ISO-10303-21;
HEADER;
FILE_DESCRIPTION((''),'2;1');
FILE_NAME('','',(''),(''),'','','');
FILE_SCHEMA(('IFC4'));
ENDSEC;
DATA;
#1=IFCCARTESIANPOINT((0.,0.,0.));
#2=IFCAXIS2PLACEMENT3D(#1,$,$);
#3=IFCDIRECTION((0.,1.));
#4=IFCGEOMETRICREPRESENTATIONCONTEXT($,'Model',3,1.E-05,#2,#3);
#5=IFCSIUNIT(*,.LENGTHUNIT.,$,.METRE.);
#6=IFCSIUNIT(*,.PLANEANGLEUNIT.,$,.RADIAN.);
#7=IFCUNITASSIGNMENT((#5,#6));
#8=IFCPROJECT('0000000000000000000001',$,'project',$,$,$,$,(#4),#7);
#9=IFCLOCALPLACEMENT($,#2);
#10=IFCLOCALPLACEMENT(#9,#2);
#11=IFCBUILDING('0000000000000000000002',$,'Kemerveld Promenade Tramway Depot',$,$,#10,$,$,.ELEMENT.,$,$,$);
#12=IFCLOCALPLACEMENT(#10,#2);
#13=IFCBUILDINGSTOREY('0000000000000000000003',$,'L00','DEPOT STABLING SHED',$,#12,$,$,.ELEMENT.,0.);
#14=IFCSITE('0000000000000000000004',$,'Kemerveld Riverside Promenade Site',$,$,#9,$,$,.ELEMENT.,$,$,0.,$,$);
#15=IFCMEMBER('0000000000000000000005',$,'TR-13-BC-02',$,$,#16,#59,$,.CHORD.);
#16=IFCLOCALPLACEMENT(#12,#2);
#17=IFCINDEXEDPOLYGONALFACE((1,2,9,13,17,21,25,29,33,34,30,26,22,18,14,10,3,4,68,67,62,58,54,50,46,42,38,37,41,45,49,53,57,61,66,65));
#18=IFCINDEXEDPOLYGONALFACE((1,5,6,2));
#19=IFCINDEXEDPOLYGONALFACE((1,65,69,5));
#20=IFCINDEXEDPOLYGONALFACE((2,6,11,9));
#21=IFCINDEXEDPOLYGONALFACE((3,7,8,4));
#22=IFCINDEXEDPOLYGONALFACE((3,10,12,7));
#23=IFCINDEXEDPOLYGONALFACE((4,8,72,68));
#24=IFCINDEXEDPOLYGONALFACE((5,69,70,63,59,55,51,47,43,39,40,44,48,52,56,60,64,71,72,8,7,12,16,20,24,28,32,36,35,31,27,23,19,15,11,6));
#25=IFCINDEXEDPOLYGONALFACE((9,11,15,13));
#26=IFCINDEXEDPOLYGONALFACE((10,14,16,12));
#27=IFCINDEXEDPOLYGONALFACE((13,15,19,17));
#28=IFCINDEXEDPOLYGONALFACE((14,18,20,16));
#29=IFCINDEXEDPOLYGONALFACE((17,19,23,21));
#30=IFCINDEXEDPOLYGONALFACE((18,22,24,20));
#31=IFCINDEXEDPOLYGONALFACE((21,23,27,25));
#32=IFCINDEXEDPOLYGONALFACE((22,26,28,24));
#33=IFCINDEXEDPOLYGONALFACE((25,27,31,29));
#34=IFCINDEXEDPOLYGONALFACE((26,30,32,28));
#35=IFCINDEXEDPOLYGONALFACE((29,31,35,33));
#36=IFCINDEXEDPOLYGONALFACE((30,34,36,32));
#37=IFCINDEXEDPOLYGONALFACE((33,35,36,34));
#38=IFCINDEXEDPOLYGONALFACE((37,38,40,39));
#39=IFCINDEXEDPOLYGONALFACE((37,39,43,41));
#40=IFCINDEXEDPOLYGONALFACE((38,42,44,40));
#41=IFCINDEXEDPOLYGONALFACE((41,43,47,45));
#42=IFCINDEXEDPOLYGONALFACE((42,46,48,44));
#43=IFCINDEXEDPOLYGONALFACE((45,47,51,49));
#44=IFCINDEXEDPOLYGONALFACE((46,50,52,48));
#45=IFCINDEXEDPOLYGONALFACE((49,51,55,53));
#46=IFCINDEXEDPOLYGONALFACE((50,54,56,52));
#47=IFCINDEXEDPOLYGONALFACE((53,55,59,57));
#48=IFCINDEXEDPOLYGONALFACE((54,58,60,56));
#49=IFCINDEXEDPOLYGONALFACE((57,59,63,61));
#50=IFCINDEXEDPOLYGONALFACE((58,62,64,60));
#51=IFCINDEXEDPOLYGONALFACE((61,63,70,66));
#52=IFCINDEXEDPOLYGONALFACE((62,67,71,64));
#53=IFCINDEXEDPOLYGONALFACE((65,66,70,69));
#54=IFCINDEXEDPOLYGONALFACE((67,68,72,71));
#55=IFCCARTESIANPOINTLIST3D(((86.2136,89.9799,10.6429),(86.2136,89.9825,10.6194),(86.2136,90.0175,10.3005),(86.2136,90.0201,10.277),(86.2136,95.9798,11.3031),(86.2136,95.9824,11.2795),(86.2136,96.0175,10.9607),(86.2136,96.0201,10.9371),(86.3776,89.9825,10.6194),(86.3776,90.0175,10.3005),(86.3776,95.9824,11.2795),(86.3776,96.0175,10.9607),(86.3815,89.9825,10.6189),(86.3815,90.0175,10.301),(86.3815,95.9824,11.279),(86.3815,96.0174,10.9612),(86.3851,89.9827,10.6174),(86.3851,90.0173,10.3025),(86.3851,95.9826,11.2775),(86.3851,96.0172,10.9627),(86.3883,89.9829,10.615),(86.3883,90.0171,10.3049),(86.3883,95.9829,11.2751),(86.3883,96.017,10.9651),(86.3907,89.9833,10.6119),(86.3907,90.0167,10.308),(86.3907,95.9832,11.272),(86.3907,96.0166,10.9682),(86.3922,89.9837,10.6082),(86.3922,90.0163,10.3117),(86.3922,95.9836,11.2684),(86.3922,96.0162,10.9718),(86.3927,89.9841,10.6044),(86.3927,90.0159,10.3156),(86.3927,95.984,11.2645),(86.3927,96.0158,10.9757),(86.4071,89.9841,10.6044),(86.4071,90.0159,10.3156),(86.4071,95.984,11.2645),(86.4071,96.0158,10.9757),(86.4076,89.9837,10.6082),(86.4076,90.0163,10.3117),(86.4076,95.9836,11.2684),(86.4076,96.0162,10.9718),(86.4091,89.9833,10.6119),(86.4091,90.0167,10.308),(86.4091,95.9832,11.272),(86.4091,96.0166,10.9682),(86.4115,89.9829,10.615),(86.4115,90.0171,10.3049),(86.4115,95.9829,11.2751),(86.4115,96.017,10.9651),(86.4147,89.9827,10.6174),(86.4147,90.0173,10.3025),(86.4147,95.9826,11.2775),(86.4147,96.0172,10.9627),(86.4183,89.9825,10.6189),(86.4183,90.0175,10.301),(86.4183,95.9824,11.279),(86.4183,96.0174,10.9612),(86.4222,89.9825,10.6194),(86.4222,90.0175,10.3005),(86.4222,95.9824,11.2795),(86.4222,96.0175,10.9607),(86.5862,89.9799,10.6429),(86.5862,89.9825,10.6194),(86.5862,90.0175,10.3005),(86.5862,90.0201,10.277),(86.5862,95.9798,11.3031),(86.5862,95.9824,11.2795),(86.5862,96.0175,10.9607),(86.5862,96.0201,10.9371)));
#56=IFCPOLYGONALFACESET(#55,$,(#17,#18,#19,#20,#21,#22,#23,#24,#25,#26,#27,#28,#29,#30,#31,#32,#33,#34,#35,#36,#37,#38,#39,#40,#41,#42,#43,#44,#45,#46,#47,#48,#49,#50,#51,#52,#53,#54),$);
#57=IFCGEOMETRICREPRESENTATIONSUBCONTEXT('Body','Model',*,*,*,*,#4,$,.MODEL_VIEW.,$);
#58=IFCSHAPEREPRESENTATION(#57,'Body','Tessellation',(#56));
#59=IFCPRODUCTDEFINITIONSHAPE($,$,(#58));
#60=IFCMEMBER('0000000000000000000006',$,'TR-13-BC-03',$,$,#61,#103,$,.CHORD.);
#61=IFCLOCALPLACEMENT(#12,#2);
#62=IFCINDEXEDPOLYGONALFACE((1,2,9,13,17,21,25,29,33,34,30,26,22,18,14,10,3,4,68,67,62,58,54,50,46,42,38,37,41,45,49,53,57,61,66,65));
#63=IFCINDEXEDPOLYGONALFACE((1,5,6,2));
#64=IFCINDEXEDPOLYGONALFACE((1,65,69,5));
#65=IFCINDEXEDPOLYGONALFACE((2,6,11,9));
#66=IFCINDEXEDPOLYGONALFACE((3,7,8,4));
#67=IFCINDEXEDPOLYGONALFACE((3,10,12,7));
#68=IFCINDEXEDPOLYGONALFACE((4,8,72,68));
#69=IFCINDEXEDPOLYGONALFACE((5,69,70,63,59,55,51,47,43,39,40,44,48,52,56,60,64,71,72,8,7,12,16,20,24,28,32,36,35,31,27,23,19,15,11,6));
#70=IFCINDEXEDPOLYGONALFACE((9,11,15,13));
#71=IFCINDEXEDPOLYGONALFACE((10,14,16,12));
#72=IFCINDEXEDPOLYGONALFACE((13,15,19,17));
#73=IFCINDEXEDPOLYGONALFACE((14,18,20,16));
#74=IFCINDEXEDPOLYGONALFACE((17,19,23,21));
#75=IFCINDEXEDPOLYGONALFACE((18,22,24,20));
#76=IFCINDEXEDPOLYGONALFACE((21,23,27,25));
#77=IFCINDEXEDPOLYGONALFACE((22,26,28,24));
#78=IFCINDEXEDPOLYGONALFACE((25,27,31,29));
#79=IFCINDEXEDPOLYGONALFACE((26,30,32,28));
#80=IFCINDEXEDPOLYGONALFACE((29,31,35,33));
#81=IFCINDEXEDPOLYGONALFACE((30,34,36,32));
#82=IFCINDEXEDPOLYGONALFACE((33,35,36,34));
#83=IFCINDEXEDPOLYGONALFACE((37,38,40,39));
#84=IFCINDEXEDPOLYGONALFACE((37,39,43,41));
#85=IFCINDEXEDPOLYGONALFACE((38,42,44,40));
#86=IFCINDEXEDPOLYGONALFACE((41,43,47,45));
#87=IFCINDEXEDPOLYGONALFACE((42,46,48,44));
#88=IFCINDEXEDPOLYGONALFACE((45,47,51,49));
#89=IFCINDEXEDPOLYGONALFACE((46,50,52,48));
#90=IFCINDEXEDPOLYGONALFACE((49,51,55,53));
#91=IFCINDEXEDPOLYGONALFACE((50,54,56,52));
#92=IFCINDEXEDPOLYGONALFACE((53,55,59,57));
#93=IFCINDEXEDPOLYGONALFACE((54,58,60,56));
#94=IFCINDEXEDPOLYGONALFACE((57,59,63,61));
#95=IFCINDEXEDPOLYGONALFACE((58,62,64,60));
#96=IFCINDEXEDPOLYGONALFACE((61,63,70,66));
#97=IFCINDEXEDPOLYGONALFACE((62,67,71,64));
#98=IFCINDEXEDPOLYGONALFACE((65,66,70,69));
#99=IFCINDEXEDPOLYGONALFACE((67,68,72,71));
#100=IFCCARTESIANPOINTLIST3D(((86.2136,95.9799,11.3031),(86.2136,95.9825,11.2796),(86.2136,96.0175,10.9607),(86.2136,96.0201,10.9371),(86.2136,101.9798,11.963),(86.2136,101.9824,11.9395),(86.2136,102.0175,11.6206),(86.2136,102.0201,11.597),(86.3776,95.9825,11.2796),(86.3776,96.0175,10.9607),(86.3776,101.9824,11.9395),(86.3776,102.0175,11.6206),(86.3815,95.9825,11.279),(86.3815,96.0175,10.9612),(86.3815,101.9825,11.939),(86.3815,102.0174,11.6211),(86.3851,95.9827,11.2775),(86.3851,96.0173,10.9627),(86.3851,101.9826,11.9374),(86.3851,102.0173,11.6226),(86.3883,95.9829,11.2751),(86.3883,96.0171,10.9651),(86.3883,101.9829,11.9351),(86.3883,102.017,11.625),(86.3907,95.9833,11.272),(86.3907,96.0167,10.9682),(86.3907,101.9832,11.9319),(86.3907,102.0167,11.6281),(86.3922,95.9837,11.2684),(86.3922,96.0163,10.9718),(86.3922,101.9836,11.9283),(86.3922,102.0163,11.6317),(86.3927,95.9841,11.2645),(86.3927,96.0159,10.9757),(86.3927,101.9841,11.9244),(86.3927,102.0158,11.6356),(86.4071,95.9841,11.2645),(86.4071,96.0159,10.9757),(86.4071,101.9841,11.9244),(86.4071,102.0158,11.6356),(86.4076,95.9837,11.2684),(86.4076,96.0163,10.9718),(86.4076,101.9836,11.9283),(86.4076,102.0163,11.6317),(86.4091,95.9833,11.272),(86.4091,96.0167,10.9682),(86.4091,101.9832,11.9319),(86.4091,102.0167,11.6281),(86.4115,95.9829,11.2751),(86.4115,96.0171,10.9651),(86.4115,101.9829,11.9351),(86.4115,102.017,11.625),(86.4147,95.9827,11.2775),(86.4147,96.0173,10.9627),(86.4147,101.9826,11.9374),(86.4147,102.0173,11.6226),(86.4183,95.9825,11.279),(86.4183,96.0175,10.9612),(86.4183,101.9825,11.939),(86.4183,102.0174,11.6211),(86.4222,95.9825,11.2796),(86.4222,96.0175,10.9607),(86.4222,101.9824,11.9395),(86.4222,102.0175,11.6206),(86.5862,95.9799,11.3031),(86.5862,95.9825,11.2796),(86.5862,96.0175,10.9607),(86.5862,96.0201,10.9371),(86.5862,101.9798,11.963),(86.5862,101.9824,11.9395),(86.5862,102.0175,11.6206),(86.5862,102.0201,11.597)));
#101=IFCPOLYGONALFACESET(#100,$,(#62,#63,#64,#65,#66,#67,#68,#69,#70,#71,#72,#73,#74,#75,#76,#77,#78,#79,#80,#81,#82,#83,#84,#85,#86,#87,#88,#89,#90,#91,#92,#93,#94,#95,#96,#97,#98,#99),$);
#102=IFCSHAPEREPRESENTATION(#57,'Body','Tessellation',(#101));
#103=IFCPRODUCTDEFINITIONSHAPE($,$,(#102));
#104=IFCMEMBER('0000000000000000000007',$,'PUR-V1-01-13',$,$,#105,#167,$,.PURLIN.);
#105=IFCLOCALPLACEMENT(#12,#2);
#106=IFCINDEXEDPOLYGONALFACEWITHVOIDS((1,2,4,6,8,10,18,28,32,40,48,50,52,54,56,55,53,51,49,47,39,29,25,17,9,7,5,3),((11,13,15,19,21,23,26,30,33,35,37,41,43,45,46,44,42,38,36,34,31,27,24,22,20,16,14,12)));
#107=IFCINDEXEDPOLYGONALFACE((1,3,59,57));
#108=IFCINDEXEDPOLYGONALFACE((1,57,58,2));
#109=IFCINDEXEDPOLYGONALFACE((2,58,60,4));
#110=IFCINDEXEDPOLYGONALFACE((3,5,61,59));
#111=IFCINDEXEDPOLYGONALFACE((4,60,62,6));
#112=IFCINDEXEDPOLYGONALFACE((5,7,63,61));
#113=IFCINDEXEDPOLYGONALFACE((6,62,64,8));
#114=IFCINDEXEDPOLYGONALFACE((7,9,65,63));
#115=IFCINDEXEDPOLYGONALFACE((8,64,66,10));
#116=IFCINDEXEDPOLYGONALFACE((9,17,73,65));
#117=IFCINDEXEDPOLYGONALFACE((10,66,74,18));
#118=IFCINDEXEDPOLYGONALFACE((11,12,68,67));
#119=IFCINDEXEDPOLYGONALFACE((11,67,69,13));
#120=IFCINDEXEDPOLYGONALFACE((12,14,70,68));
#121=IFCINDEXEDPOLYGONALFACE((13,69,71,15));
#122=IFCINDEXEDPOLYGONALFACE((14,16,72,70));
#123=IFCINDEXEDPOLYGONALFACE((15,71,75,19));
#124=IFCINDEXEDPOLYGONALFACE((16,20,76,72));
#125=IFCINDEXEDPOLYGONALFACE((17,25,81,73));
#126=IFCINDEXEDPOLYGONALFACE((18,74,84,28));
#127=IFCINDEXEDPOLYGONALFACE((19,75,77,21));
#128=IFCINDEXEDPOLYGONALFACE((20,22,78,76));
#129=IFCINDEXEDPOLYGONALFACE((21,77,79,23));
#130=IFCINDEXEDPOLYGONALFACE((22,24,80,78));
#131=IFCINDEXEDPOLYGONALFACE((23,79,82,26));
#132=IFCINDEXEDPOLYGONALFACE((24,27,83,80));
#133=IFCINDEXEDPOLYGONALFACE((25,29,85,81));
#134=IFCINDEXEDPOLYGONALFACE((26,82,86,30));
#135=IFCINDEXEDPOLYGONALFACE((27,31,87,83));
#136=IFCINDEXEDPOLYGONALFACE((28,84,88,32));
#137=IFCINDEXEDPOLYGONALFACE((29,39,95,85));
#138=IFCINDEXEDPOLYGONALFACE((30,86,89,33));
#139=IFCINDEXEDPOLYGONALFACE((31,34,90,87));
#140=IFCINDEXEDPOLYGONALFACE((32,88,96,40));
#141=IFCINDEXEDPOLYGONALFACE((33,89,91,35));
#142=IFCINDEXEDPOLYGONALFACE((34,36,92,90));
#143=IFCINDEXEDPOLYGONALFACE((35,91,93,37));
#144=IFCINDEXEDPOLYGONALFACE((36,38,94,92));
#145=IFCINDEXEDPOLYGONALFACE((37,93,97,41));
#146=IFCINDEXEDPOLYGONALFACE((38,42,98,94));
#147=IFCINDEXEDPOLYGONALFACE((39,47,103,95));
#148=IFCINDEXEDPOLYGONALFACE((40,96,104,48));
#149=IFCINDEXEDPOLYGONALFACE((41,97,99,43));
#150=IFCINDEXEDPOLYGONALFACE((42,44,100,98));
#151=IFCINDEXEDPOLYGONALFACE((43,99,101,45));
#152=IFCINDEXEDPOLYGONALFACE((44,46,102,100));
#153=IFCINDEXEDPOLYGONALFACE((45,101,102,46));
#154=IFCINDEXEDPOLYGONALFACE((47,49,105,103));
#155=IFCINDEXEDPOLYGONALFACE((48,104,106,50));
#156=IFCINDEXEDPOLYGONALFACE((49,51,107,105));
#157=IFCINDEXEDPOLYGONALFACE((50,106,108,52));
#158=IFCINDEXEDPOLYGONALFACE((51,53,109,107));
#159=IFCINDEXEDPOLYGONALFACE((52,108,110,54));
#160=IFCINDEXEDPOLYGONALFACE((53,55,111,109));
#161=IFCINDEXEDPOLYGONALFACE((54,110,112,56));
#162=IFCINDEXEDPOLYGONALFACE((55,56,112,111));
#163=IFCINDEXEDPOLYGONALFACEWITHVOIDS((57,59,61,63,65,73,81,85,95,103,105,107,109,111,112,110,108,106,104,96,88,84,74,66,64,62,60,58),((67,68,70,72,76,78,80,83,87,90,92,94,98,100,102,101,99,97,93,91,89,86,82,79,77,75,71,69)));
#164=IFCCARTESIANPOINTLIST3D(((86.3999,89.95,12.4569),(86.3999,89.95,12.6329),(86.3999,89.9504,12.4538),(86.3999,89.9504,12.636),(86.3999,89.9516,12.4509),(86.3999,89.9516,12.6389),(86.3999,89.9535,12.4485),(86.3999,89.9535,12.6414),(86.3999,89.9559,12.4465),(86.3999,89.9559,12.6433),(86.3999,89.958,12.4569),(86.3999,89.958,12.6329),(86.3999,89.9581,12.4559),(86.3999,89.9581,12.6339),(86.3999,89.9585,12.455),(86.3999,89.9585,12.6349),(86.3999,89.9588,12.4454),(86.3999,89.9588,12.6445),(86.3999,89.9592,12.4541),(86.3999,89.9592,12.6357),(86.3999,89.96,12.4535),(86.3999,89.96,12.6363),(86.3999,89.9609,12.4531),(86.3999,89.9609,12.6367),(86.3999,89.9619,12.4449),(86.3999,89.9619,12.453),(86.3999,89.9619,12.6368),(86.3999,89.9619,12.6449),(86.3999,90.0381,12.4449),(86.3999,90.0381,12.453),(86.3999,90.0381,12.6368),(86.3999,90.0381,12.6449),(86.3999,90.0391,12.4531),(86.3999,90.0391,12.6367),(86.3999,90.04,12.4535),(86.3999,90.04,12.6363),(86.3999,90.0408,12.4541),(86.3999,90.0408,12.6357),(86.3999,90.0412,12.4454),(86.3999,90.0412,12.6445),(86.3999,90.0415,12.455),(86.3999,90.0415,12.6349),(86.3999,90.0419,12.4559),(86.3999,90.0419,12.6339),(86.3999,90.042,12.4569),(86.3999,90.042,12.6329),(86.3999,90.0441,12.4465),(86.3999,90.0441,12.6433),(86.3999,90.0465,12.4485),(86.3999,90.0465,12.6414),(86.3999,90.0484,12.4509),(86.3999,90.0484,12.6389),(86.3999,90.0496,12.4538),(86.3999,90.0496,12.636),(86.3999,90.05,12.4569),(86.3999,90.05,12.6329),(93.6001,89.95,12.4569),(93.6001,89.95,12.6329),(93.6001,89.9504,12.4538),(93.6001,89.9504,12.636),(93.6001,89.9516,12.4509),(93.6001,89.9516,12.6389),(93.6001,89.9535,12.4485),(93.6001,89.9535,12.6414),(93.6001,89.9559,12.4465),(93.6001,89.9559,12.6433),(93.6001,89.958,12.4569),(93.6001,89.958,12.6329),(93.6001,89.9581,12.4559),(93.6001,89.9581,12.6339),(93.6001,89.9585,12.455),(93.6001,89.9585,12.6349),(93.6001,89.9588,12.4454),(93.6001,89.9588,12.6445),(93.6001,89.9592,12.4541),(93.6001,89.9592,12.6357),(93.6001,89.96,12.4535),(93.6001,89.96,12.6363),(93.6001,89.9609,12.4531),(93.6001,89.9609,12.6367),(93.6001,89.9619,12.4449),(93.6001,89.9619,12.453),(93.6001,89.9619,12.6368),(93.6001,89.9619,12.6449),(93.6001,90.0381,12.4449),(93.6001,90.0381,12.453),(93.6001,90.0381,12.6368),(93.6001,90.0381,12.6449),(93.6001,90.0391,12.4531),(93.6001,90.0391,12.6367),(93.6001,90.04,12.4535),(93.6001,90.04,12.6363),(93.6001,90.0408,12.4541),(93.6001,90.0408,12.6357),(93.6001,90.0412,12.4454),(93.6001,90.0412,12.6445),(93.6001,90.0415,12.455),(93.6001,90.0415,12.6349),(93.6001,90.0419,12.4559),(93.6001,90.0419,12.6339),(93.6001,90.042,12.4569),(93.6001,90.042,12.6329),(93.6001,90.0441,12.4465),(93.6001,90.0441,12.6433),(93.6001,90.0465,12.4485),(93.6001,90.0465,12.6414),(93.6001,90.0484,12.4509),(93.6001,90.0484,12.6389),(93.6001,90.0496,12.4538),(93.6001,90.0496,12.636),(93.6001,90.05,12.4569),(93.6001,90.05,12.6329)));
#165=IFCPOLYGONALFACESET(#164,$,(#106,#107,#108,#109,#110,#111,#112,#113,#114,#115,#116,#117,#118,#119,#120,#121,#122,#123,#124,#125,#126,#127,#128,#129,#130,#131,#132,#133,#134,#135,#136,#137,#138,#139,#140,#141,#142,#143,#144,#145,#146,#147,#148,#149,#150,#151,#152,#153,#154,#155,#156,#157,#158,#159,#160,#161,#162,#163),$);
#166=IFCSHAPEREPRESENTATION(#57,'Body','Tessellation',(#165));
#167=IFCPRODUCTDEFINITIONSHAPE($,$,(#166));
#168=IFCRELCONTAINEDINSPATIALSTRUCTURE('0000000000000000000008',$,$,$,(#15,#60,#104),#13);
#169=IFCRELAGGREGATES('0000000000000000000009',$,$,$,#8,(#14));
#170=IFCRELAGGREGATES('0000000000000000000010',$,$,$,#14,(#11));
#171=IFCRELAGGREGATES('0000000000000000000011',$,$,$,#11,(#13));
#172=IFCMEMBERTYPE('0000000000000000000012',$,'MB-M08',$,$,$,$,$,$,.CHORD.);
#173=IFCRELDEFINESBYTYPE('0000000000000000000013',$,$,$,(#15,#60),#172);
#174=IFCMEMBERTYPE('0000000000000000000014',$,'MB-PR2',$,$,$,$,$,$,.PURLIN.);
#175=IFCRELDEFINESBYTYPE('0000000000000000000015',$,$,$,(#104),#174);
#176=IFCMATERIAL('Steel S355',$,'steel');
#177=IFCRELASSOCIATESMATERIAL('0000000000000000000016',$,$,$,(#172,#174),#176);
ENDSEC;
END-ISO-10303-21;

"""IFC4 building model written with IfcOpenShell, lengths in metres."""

from ifc_helpers import new_model, si_unit, direction, frame, origin, origin_2d, place, context, subcontext, project, spatial, hollow_rectangle, i_section, extrude, material, material_profile, profile_set, type_object, element, save


model = new_model("IFC4")

# Units and contexts
model_context = context("Model", 3, precision=1e-05, world=origin(), true_north=direction((0.0, 1.0)))
body_context = subcontext(model_context, "Body", "Model", "MODEL_VIEW")
ifc_project = project(units=[si_unit("LENGTHUNIT", "METRE"), si_unit("PLANEANGLEUNIT", "RADIAN")], contexts=[model_context])

# Site, building, storey
site_placement = place(None, origin())
site = spatial("IfcSite", under=ifc_project, at=site_placement, Name="Kemerveld Riverside Promenade Site", CompositionType="ELEMENT", RefElevation=0.0)
building_placement = place(site_placement, origin())
building = spatial("IfcBuilding", under=site, at=building_placement, Name="Kemerveld Promenade Tramway Depot", CompositionType="ELEMENT")
storey_placement = place(building_placement, origin())
storey = spatial("IfcBuildingStorey", under=building, at=storey_placement, Name="L00", Description="DEPOT STABLING SHED", CompositionType="ELEMENT", Elevation=0.0)

# Shared definitions
ifc_material_1 = material(Name="Steel S355", Category="steel")

# Members
ifc_material_profile_1 = material_profile(ifc_material_1, i_section(OverallWidth=0.3726, OverallDepth=0.3682, WebThickness=0.0144, FlangeThickness=0.0237, FilletRadius=0.0151, at=origin_2d()), Name="356x368x177 UC")
ifc_profile_set_1 = profile_set([ifc_material_profile_1], Name="Steel S355")
member_type_1 = type_object("IfcMemberType", Name="MB-M08", PredefinedType="CHORD", material=ifc_profile_set_1)
for number, where, z_axis, x_axis, name in (
    (1, (86.3999, 90.0, 10.46), (0.0, 0.994002, 0.109366), (-1.0, 0.0, 0.0), "TR-13-BC-02"),
    (2, (86.3999, 96.0, 11.1201), (0.0, 0.994006, 0.109326), (-1.0, 0.0, 0.0), "TR-13-BC-03"),
):
    element("IfcMember", number, at=place(storey_placement, frame(where, z_axis=z_axis, x_axis=x_axis)), inside=storey, type_object=member_type_1, Name=name, PredefinedType="CHORD", context=body_context, shape_type="SweptSolid", body=[
        extrude(i_section(OverallWidth=0.3726, OverallDepth=0.3682, WebThickness=0.0144, FlangeThickness=0.0237, FilletRadius=0.0151, at=origin_2d()), origin(), (0.0, 0.0, 1.0), 6.0361),
    ])
ifc_material_profile_2 = material_profile(ifc_material_1, hollow_rectangle(XDim=0.1001, YDim=0.2, WallThickness=0.0081, InnerFilletRadius=0.0039, OuterFilletRadius=0.012, at=origin_2d()), Name="200x100x8.0 RHS")
ifc_profile_set_2 = profile_set([ifc_material_profile_2], Name="Steel S355")
member_type_2 = type_object("IfcMemberType", Name="MB-PR2", PredefinedType="PURLIN", material=ifc_profile_set_2)
member_1_placement = place(storey_placement, frame((86.3999, 90.0, 12.5449), z_axis=(1.0, 0.0, 0.0), x_axis=(0.0, 1.0, 0.0)))
element("IfcMember", 3, at=member_1_placement, inside=storey, type_object=member_type_2, Name="PUR-V1-01-13", PredefinedType="PURLIN", context=body_context, shape_type="SweptSolid", body=[
    extrude(hollow_rectangle(XDim=0.1001, YDim=0.2, WallThickness=0.0081, InnerFilletRadius=0.0039, OuterFilletRadius=0.012, at=origin_2d()), origin(), (0.0, 0.0, 1.0), 7.2002),
])

save(model, "model.ifc")
